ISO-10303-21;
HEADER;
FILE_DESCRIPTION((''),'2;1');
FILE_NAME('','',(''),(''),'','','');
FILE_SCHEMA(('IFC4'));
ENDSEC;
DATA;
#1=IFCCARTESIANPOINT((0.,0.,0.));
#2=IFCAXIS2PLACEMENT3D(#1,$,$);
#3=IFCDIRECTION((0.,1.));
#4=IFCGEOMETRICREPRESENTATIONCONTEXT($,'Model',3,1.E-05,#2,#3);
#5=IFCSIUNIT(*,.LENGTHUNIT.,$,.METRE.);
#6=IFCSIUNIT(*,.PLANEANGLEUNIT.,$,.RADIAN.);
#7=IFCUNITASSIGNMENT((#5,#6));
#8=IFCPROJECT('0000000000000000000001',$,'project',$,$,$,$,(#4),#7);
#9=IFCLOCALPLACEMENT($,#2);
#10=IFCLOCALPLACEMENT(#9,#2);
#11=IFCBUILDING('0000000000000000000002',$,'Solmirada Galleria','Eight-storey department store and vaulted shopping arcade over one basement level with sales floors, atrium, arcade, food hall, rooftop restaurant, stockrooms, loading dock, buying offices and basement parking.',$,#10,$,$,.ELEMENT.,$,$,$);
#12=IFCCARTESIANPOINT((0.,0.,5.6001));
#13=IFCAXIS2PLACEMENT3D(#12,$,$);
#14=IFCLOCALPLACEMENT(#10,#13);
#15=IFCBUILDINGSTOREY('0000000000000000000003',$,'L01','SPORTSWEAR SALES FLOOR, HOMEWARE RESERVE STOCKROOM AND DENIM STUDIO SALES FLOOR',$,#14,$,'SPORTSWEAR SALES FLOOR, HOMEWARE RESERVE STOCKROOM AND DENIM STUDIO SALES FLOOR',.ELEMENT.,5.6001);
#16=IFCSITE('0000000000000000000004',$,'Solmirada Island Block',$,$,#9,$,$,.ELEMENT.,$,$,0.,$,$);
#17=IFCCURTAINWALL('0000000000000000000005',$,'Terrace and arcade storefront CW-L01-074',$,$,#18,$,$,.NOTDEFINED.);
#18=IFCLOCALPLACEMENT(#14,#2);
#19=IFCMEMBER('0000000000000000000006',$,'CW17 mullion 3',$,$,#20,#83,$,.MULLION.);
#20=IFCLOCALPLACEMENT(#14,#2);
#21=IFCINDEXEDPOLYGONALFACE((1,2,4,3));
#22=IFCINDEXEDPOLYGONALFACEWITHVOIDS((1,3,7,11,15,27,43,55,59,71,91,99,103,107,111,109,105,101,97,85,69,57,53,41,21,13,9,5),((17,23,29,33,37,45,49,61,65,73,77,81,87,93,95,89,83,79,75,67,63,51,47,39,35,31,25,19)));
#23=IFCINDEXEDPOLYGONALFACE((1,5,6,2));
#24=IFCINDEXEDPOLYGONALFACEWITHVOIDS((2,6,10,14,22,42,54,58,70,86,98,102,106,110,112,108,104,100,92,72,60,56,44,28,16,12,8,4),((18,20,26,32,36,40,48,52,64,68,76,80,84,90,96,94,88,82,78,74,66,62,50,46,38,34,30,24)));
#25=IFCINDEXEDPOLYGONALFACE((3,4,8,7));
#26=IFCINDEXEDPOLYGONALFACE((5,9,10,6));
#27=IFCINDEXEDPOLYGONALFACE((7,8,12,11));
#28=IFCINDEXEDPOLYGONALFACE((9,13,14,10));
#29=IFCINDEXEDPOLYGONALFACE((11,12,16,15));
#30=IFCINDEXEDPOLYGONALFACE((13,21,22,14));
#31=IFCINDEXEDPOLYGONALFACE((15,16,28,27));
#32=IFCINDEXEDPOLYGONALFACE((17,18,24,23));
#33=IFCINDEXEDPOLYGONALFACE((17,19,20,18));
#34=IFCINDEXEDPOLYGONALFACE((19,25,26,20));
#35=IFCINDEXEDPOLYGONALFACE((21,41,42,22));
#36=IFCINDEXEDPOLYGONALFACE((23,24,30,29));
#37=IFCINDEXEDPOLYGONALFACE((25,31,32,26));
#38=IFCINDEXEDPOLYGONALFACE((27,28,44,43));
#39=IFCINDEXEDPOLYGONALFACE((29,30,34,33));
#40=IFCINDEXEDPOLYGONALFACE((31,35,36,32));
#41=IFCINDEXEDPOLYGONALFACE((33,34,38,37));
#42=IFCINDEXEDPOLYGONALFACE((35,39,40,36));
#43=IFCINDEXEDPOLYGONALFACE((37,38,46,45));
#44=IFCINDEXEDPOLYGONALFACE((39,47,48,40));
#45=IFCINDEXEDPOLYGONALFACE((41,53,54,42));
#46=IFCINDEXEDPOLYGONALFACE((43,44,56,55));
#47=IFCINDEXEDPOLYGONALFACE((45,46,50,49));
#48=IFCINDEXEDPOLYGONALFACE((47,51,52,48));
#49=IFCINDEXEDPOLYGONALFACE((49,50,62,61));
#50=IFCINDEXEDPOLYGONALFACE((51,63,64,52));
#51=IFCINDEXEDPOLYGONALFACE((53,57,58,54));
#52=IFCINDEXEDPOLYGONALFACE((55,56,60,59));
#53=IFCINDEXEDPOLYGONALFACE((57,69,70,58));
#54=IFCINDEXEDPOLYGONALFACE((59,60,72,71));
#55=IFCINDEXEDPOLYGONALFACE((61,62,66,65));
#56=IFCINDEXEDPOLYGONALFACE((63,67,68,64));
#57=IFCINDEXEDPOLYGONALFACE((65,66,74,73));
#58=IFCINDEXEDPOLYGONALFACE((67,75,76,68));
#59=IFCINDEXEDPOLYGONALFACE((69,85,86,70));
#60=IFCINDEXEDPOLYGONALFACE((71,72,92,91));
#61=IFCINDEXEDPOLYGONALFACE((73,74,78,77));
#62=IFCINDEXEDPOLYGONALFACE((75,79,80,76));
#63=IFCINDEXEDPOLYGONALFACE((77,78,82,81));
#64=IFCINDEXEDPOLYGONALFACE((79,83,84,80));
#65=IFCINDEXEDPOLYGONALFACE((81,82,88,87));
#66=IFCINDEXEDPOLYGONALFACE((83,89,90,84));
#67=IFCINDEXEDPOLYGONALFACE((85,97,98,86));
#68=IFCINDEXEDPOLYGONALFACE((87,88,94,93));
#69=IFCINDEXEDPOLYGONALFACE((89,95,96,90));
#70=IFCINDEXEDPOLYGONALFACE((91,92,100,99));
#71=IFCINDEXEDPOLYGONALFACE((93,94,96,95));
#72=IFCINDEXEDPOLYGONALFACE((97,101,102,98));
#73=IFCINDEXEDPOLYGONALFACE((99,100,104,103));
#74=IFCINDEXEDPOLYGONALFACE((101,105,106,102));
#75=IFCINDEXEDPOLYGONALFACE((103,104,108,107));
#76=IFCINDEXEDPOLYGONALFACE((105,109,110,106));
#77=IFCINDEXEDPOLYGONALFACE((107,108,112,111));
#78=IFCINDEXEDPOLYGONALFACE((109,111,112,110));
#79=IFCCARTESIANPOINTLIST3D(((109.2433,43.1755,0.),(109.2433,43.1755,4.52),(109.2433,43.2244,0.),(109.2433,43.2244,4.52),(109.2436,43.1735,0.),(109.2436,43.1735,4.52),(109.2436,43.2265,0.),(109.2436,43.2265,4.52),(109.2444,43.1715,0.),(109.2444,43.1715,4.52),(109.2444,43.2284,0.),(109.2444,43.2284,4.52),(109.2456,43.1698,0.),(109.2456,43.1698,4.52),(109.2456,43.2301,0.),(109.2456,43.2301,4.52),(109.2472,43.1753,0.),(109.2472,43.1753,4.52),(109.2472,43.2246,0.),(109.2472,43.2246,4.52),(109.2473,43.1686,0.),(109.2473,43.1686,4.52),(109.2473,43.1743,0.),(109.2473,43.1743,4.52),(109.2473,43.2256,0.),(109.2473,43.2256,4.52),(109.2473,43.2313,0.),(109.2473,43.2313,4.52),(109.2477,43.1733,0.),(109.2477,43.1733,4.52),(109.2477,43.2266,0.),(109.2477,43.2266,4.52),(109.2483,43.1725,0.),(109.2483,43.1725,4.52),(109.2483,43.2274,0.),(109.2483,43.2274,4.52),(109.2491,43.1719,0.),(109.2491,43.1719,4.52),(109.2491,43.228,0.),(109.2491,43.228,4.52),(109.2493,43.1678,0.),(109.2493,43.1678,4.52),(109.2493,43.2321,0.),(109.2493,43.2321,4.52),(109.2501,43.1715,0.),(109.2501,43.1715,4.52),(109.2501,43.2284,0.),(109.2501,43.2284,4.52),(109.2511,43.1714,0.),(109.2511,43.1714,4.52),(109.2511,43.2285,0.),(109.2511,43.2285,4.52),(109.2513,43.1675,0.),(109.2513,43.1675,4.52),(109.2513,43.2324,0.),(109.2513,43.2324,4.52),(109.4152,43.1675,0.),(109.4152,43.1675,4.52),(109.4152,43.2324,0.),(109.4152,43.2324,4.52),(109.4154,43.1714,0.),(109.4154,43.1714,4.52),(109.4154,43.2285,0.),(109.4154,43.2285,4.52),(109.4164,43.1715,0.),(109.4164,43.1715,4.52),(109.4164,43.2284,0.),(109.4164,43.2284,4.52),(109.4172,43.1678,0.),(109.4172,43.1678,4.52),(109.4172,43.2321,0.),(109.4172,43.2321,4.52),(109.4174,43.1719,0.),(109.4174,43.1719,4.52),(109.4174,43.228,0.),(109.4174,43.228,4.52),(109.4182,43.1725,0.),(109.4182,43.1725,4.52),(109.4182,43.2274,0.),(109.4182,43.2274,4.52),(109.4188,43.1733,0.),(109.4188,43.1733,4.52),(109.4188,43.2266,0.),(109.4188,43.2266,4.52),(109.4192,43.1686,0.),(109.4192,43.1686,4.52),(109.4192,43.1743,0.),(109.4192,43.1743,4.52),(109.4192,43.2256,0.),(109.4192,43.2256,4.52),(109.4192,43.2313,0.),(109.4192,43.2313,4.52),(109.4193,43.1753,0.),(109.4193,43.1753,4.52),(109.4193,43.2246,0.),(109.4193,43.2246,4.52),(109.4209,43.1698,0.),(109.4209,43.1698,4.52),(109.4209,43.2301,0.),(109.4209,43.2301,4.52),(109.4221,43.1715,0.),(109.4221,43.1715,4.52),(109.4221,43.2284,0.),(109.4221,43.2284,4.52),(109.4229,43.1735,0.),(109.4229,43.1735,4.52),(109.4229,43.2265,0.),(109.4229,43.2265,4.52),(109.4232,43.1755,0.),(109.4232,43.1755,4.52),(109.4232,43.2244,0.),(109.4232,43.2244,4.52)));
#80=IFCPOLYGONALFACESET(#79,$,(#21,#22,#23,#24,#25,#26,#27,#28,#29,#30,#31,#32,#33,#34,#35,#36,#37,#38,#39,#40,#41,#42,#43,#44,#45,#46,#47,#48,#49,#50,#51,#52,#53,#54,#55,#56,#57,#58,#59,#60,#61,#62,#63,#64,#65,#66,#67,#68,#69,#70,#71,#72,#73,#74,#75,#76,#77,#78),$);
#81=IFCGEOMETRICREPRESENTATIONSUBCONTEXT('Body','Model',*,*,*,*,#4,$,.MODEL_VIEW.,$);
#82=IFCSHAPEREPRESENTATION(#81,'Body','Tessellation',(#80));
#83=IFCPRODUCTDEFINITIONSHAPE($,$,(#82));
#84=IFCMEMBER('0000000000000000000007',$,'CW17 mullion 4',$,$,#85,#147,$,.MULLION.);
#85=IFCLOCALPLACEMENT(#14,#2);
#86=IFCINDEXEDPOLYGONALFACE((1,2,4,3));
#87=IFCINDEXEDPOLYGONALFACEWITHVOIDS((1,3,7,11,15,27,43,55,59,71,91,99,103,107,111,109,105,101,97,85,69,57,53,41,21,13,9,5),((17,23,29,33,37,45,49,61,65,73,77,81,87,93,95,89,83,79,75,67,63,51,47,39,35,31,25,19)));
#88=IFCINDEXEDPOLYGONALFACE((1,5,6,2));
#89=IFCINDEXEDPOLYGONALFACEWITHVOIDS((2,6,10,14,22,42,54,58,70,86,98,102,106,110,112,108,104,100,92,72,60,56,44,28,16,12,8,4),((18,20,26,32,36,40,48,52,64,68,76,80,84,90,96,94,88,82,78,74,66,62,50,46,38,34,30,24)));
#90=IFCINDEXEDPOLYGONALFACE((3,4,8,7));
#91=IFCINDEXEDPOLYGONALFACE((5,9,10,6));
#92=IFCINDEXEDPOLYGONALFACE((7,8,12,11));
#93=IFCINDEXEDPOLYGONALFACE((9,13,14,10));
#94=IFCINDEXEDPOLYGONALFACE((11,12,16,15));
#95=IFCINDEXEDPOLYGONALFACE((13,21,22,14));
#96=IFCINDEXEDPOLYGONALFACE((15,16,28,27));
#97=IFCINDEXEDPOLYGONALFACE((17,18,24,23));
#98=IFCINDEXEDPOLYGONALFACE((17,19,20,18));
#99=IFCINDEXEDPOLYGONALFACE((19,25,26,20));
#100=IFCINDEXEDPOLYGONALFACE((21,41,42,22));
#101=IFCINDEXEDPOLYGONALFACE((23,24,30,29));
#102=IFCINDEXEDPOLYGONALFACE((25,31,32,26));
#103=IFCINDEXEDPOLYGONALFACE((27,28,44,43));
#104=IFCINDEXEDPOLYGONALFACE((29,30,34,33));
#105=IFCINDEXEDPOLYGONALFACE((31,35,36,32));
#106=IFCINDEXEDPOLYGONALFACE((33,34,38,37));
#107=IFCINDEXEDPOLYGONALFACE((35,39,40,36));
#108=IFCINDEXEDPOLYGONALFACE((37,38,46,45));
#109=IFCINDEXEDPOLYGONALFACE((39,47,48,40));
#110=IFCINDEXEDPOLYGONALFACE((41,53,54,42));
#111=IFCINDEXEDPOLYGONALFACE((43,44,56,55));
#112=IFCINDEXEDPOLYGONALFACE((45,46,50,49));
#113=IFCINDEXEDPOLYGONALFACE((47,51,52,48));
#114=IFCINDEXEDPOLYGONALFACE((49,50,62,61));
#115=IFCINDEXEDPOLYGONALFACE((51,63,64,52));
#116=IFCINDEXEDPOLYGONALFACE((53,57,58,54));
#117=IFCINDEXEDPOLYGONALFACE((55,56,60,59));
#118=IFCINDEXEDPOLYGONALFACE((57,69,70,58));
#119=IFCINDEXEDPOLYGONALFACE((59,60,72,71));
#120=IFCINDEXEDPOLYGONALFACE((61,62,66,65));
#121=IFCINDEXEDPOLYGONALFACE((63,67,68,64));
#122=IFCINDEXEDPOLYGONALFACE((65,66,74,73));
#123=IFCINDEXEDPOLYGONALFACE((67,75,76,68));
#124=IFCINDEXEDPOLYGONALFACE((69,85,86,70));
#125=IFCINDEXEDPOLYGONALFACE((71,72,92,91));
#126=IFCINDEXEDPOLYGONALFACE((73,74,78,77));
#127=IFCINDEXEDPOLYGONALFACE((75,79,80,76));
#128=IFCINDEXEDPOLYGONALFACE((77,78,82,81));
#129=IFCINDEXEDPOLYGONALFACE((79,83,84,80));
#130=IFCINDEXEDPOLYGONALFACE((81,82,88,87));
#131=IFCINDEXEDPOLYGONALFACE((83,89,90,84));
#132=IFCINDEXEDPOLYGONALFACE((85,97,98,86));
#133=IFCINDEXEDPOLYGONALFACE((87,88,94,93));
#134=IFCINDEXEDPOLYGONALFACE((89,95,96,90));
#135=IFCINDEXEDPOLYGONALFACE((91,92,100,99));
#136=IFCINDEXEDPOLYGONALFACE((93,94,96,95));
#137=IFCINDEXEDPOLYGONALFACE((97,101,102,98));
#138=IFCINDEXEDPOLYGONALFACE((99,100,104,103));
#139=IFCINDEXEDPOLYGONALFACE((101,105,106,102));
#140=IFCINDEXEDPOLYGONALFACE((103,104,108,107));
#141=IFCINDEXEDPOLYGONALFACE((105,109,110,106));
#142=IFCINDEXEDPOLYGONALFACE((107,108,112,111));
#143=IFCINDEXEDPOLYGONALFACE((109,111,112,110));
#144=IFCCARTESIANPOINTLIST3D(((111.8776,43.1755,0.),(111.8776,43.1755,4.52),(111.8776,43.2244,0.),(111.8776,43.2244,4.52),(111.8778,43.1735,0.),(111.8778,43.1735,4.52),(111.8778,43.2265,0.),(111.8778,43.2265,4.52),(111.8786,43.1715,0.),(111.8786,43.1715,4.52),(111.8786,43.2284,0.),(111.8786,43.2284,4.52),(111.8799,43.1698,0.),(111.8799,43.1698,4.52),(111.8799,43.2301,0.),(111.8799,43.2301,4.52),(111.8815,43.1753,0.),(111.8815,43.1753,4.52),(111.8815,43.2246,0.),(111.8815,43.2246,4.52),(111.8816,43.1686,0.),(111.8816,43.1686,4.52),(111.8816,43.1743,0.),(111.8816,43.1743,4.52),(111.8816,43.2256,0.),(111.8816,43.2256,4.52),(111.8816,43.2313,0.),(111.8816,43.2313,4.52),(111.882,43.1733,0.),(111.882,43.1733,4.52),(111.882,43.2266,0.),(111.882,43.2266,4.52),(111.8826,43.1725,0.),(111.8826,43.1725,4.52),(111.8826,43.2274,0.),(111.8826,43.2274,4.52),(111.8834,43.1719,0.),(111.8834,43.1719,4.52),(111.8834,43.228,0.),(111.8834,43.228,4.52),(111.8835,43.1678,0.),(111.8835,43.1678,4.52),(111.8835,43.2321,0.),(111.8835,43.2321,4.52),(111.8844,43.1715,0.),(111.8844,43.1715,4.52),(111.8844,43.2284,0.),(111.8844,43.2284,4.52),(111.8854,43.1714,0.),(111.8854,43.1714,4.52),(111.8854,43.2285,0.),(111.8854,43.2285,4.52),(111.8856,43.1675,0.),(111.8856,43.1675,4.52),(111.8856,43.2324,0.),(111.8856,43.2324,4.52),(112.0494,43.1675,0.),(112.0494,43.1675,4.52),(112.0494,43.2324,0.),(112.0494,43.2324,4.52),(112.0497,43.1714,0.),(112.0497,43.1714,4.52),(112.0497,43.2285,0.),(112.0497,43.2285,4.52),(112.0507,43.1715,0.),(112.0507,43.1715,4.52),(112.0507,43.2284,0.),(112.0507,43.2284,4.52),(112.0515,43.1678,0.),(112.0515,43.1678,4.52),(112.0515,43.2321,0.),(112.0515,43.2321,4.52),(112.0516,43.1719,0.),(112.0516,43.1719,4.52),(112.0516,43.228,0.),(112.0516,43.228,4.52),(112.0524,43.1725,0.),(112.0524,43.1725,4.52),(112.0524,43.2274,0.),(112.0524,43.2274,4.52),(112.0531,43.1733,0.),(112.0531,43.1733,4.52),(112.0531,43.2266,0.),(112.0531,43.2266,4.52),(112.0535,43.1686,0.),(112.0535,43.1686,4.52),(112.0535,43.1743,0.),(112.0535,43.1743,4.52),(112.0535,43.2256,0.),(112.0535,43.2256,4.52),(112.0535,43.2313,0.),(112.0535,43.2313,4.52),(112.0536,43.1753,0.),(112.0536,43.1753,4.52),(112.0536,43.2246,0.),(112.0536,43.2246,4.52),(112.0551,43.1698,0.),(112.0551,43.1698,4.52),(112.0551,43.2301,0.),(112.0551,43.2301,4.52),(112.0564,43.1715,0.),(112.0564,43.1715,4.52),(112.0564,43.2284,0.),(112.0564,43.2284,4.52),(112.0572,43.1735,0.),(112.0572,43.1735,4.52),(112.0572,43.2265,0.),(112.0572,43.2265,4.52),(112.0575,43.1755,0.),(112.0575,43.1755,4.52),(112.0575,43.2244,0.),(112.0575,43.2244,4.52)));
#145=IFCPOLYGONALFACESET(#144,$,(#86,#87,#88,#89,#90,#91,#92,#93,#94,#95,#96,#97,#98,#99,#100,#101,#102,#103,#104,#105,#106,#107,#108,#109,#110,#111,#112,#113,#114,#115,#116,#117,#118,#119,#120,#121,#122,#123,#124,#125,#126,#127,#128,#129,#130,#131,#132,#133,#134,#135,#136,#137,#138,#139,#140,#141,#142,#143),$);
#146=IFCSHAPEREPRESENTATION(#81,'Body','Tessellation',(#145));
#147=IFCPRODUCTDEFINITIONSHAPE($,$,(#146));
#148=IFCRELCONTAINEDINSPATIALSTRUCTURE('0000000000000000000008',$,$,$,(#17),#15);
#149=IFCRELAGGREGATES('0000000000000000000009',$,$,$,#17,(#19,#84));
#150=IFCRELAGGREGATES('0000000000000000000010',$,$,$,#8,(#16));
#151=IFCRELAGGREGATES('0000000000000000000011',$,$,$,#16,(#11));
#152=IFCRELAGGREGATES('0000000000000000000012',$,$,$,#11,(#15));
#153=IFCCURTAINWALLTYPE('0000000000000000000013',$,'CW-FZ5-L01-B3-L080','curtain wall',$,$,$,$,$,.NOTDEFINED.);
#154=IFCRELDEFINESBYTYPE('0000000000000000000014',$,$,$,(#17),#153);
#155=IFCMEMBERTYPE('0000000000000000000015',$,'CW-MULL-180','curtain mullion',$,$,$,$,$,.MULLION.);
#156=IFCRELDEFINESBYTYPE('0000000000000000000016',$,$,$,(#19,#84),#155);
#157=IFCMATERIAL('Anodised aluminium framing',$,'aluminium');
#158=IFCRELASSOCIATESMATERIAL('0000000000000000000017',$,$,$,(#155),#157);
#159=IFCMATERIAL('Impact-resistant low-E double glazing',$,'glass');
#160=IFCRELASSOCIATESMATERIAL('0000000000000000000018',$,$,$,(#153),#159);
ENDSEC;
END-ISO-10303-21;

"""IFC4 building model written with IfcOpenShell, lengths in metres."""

from ifc_helpers import new_model, si_unit, direction, frame, origin, origin_2d, place, context, subcontext, project, spatial, hollow_rectangle, extrude, material, material_profile, profile_set, type_object, element, aggregate, save


model = new_model("IFC4")

# Units and contexts
model_context = context("Model", 3, precision=1e-05, world=origin(), true_north=direction((0.0, 1.0)))
body_context = subcontext(model_context, "Body", "Model", "MODEL_VIEW")
ifc_project = project(units=[si_unit("LENGTHUNIT", "METRE"), si_unit("PLANEANGLEUNIT", "RADIAN")], contexts=[model_context])

# Site, building, storey
site_placement = place(None, origin())
site = spatial("IfcSite", under=ifc_project, at=site_placement, Name="Solmirada Island Block", CompositionType="ELEMENT", RefElevation=0.0)
building_placement = place(site_placement, origin())
building = spatial("IfcBuilding", under=site, at=building_placement, Name="Solmirada Galleria", Description="Eight-storey department store and vaulted shopping arcade over one basement level with sales floors, atrium, arcade, food hall, rooftop restaurant, stockrooms, loading dock, buying offices and basement parking.", CompositionType="ELEMENT")
storey_placement = place(building_placement, frame((0.0, 0.0, 5.6001)))
storey = spatial("IfcBuildingStorey", under=building, at=storey_placement, Name="L01", Description="SPORTSWEAR SALES FLOOR, HOMEWARE RESERVE STOCKROOM AND DENIM STUDIO SALES FLOOR", LongName="SPORTSWEAR SALES FLOOR, HOMEWARE RESERVE STOCKROOM AND DENIM STUDIO SALES FLOOR", CompositionType="ELEMENT", Elevation=5.6001)

# Shared definitions
ifc_material_1 = material(Name="Impact-resistant low-E double glazing", Category="glass")
ifc_material_2 = material(Name="Anodised aluminium framing", Category="aluminium")
ifc_material_profile_1 = material_profile(ifc_material_2, hollow_rectangle(XDim=0.0649, YDim=0.1799, WallThickness=0.0039, InnerFilletRadius=0.0039, OuterFilletRadius=0.0081, at=origin_2d()), Name="ALU-MULL-180X65")
ifc_profile_set_1 = profile_set([ifc_material_profile_1], Name="Anodised aluminium framing")
member_type_1 = type_object("IfcMemberType", Name="CW-MULL-180", Description="curtain mullion", PredefinedType="MULLION", material=ifc_profile_set_1)

# Curtain wall, members
curtain_wall_type_1 = type_object("IfcCurtainWallType", Name="CW-FZ5-L01-B3-L080", Description="curtain wall", PredefinedType="NOTDEFINED", material=ifc_material_1)
curtain_wall_1_placement = place(storey_placement, origin())
curtain_wall_1 = element("IfcCurtainWall", 1, at=curtain_wall_1_placement, inside=storey, type_object=curtain_wall_type_1, Name="Terrace and arcade storefront CW-L01-074", PredefinedType="NOTDEFINED")
member_1_placement = place(storey_placement, frame((109.3333, 43.2, 0.0), z_axis=(0.0, 0.0, 1.0), x_axis=(0.0, 1.0, 0.0)))
member_1 = element("IfcMember", 2, at=member_1_placement, type_object=member_type_1, Name="CW17 mullion 3", PredefinedType="MULLION", context=body_context, shape_type="SweptSolid", body=[
    extrude(hollow_rectangle(XDim=0.0649, YDim=0.1799, WallThickness=0.0039, InnerFilletRadius=0.0039, OuterFilletRadius=0.0081, at=origin_2d()), origin(), (0.0, 0.0, 1.0), 4.52),
])
member_2_placement = place(storey_placement, frame((111.9675, 43.2, 0.0), z_axis=(0.0, 0.0, 1.0), x_axis=(0.0, 1.0, 0.0)))
member_2 = element("IfcMember", 3, at=member_2_placement, type_object=member_type_1, Name="CW17 mullion 4", PredefinedType="MULLION", context=body_context, shape_type="SweptSolid", body=[
    extrude(hollow_rectangle(XDim=0.0649, YDim=0.1799, WallThickness=0.0039, InnerFilletRadius=0.0039, OuterFilletRadius=0.0081, at=origin_2d()), origin(), (0.0, 0.0, 1.0), 4.52),
])

aggregate(curtain_wall_1, [member_1, member_2])

save(model, "model.ifc")
